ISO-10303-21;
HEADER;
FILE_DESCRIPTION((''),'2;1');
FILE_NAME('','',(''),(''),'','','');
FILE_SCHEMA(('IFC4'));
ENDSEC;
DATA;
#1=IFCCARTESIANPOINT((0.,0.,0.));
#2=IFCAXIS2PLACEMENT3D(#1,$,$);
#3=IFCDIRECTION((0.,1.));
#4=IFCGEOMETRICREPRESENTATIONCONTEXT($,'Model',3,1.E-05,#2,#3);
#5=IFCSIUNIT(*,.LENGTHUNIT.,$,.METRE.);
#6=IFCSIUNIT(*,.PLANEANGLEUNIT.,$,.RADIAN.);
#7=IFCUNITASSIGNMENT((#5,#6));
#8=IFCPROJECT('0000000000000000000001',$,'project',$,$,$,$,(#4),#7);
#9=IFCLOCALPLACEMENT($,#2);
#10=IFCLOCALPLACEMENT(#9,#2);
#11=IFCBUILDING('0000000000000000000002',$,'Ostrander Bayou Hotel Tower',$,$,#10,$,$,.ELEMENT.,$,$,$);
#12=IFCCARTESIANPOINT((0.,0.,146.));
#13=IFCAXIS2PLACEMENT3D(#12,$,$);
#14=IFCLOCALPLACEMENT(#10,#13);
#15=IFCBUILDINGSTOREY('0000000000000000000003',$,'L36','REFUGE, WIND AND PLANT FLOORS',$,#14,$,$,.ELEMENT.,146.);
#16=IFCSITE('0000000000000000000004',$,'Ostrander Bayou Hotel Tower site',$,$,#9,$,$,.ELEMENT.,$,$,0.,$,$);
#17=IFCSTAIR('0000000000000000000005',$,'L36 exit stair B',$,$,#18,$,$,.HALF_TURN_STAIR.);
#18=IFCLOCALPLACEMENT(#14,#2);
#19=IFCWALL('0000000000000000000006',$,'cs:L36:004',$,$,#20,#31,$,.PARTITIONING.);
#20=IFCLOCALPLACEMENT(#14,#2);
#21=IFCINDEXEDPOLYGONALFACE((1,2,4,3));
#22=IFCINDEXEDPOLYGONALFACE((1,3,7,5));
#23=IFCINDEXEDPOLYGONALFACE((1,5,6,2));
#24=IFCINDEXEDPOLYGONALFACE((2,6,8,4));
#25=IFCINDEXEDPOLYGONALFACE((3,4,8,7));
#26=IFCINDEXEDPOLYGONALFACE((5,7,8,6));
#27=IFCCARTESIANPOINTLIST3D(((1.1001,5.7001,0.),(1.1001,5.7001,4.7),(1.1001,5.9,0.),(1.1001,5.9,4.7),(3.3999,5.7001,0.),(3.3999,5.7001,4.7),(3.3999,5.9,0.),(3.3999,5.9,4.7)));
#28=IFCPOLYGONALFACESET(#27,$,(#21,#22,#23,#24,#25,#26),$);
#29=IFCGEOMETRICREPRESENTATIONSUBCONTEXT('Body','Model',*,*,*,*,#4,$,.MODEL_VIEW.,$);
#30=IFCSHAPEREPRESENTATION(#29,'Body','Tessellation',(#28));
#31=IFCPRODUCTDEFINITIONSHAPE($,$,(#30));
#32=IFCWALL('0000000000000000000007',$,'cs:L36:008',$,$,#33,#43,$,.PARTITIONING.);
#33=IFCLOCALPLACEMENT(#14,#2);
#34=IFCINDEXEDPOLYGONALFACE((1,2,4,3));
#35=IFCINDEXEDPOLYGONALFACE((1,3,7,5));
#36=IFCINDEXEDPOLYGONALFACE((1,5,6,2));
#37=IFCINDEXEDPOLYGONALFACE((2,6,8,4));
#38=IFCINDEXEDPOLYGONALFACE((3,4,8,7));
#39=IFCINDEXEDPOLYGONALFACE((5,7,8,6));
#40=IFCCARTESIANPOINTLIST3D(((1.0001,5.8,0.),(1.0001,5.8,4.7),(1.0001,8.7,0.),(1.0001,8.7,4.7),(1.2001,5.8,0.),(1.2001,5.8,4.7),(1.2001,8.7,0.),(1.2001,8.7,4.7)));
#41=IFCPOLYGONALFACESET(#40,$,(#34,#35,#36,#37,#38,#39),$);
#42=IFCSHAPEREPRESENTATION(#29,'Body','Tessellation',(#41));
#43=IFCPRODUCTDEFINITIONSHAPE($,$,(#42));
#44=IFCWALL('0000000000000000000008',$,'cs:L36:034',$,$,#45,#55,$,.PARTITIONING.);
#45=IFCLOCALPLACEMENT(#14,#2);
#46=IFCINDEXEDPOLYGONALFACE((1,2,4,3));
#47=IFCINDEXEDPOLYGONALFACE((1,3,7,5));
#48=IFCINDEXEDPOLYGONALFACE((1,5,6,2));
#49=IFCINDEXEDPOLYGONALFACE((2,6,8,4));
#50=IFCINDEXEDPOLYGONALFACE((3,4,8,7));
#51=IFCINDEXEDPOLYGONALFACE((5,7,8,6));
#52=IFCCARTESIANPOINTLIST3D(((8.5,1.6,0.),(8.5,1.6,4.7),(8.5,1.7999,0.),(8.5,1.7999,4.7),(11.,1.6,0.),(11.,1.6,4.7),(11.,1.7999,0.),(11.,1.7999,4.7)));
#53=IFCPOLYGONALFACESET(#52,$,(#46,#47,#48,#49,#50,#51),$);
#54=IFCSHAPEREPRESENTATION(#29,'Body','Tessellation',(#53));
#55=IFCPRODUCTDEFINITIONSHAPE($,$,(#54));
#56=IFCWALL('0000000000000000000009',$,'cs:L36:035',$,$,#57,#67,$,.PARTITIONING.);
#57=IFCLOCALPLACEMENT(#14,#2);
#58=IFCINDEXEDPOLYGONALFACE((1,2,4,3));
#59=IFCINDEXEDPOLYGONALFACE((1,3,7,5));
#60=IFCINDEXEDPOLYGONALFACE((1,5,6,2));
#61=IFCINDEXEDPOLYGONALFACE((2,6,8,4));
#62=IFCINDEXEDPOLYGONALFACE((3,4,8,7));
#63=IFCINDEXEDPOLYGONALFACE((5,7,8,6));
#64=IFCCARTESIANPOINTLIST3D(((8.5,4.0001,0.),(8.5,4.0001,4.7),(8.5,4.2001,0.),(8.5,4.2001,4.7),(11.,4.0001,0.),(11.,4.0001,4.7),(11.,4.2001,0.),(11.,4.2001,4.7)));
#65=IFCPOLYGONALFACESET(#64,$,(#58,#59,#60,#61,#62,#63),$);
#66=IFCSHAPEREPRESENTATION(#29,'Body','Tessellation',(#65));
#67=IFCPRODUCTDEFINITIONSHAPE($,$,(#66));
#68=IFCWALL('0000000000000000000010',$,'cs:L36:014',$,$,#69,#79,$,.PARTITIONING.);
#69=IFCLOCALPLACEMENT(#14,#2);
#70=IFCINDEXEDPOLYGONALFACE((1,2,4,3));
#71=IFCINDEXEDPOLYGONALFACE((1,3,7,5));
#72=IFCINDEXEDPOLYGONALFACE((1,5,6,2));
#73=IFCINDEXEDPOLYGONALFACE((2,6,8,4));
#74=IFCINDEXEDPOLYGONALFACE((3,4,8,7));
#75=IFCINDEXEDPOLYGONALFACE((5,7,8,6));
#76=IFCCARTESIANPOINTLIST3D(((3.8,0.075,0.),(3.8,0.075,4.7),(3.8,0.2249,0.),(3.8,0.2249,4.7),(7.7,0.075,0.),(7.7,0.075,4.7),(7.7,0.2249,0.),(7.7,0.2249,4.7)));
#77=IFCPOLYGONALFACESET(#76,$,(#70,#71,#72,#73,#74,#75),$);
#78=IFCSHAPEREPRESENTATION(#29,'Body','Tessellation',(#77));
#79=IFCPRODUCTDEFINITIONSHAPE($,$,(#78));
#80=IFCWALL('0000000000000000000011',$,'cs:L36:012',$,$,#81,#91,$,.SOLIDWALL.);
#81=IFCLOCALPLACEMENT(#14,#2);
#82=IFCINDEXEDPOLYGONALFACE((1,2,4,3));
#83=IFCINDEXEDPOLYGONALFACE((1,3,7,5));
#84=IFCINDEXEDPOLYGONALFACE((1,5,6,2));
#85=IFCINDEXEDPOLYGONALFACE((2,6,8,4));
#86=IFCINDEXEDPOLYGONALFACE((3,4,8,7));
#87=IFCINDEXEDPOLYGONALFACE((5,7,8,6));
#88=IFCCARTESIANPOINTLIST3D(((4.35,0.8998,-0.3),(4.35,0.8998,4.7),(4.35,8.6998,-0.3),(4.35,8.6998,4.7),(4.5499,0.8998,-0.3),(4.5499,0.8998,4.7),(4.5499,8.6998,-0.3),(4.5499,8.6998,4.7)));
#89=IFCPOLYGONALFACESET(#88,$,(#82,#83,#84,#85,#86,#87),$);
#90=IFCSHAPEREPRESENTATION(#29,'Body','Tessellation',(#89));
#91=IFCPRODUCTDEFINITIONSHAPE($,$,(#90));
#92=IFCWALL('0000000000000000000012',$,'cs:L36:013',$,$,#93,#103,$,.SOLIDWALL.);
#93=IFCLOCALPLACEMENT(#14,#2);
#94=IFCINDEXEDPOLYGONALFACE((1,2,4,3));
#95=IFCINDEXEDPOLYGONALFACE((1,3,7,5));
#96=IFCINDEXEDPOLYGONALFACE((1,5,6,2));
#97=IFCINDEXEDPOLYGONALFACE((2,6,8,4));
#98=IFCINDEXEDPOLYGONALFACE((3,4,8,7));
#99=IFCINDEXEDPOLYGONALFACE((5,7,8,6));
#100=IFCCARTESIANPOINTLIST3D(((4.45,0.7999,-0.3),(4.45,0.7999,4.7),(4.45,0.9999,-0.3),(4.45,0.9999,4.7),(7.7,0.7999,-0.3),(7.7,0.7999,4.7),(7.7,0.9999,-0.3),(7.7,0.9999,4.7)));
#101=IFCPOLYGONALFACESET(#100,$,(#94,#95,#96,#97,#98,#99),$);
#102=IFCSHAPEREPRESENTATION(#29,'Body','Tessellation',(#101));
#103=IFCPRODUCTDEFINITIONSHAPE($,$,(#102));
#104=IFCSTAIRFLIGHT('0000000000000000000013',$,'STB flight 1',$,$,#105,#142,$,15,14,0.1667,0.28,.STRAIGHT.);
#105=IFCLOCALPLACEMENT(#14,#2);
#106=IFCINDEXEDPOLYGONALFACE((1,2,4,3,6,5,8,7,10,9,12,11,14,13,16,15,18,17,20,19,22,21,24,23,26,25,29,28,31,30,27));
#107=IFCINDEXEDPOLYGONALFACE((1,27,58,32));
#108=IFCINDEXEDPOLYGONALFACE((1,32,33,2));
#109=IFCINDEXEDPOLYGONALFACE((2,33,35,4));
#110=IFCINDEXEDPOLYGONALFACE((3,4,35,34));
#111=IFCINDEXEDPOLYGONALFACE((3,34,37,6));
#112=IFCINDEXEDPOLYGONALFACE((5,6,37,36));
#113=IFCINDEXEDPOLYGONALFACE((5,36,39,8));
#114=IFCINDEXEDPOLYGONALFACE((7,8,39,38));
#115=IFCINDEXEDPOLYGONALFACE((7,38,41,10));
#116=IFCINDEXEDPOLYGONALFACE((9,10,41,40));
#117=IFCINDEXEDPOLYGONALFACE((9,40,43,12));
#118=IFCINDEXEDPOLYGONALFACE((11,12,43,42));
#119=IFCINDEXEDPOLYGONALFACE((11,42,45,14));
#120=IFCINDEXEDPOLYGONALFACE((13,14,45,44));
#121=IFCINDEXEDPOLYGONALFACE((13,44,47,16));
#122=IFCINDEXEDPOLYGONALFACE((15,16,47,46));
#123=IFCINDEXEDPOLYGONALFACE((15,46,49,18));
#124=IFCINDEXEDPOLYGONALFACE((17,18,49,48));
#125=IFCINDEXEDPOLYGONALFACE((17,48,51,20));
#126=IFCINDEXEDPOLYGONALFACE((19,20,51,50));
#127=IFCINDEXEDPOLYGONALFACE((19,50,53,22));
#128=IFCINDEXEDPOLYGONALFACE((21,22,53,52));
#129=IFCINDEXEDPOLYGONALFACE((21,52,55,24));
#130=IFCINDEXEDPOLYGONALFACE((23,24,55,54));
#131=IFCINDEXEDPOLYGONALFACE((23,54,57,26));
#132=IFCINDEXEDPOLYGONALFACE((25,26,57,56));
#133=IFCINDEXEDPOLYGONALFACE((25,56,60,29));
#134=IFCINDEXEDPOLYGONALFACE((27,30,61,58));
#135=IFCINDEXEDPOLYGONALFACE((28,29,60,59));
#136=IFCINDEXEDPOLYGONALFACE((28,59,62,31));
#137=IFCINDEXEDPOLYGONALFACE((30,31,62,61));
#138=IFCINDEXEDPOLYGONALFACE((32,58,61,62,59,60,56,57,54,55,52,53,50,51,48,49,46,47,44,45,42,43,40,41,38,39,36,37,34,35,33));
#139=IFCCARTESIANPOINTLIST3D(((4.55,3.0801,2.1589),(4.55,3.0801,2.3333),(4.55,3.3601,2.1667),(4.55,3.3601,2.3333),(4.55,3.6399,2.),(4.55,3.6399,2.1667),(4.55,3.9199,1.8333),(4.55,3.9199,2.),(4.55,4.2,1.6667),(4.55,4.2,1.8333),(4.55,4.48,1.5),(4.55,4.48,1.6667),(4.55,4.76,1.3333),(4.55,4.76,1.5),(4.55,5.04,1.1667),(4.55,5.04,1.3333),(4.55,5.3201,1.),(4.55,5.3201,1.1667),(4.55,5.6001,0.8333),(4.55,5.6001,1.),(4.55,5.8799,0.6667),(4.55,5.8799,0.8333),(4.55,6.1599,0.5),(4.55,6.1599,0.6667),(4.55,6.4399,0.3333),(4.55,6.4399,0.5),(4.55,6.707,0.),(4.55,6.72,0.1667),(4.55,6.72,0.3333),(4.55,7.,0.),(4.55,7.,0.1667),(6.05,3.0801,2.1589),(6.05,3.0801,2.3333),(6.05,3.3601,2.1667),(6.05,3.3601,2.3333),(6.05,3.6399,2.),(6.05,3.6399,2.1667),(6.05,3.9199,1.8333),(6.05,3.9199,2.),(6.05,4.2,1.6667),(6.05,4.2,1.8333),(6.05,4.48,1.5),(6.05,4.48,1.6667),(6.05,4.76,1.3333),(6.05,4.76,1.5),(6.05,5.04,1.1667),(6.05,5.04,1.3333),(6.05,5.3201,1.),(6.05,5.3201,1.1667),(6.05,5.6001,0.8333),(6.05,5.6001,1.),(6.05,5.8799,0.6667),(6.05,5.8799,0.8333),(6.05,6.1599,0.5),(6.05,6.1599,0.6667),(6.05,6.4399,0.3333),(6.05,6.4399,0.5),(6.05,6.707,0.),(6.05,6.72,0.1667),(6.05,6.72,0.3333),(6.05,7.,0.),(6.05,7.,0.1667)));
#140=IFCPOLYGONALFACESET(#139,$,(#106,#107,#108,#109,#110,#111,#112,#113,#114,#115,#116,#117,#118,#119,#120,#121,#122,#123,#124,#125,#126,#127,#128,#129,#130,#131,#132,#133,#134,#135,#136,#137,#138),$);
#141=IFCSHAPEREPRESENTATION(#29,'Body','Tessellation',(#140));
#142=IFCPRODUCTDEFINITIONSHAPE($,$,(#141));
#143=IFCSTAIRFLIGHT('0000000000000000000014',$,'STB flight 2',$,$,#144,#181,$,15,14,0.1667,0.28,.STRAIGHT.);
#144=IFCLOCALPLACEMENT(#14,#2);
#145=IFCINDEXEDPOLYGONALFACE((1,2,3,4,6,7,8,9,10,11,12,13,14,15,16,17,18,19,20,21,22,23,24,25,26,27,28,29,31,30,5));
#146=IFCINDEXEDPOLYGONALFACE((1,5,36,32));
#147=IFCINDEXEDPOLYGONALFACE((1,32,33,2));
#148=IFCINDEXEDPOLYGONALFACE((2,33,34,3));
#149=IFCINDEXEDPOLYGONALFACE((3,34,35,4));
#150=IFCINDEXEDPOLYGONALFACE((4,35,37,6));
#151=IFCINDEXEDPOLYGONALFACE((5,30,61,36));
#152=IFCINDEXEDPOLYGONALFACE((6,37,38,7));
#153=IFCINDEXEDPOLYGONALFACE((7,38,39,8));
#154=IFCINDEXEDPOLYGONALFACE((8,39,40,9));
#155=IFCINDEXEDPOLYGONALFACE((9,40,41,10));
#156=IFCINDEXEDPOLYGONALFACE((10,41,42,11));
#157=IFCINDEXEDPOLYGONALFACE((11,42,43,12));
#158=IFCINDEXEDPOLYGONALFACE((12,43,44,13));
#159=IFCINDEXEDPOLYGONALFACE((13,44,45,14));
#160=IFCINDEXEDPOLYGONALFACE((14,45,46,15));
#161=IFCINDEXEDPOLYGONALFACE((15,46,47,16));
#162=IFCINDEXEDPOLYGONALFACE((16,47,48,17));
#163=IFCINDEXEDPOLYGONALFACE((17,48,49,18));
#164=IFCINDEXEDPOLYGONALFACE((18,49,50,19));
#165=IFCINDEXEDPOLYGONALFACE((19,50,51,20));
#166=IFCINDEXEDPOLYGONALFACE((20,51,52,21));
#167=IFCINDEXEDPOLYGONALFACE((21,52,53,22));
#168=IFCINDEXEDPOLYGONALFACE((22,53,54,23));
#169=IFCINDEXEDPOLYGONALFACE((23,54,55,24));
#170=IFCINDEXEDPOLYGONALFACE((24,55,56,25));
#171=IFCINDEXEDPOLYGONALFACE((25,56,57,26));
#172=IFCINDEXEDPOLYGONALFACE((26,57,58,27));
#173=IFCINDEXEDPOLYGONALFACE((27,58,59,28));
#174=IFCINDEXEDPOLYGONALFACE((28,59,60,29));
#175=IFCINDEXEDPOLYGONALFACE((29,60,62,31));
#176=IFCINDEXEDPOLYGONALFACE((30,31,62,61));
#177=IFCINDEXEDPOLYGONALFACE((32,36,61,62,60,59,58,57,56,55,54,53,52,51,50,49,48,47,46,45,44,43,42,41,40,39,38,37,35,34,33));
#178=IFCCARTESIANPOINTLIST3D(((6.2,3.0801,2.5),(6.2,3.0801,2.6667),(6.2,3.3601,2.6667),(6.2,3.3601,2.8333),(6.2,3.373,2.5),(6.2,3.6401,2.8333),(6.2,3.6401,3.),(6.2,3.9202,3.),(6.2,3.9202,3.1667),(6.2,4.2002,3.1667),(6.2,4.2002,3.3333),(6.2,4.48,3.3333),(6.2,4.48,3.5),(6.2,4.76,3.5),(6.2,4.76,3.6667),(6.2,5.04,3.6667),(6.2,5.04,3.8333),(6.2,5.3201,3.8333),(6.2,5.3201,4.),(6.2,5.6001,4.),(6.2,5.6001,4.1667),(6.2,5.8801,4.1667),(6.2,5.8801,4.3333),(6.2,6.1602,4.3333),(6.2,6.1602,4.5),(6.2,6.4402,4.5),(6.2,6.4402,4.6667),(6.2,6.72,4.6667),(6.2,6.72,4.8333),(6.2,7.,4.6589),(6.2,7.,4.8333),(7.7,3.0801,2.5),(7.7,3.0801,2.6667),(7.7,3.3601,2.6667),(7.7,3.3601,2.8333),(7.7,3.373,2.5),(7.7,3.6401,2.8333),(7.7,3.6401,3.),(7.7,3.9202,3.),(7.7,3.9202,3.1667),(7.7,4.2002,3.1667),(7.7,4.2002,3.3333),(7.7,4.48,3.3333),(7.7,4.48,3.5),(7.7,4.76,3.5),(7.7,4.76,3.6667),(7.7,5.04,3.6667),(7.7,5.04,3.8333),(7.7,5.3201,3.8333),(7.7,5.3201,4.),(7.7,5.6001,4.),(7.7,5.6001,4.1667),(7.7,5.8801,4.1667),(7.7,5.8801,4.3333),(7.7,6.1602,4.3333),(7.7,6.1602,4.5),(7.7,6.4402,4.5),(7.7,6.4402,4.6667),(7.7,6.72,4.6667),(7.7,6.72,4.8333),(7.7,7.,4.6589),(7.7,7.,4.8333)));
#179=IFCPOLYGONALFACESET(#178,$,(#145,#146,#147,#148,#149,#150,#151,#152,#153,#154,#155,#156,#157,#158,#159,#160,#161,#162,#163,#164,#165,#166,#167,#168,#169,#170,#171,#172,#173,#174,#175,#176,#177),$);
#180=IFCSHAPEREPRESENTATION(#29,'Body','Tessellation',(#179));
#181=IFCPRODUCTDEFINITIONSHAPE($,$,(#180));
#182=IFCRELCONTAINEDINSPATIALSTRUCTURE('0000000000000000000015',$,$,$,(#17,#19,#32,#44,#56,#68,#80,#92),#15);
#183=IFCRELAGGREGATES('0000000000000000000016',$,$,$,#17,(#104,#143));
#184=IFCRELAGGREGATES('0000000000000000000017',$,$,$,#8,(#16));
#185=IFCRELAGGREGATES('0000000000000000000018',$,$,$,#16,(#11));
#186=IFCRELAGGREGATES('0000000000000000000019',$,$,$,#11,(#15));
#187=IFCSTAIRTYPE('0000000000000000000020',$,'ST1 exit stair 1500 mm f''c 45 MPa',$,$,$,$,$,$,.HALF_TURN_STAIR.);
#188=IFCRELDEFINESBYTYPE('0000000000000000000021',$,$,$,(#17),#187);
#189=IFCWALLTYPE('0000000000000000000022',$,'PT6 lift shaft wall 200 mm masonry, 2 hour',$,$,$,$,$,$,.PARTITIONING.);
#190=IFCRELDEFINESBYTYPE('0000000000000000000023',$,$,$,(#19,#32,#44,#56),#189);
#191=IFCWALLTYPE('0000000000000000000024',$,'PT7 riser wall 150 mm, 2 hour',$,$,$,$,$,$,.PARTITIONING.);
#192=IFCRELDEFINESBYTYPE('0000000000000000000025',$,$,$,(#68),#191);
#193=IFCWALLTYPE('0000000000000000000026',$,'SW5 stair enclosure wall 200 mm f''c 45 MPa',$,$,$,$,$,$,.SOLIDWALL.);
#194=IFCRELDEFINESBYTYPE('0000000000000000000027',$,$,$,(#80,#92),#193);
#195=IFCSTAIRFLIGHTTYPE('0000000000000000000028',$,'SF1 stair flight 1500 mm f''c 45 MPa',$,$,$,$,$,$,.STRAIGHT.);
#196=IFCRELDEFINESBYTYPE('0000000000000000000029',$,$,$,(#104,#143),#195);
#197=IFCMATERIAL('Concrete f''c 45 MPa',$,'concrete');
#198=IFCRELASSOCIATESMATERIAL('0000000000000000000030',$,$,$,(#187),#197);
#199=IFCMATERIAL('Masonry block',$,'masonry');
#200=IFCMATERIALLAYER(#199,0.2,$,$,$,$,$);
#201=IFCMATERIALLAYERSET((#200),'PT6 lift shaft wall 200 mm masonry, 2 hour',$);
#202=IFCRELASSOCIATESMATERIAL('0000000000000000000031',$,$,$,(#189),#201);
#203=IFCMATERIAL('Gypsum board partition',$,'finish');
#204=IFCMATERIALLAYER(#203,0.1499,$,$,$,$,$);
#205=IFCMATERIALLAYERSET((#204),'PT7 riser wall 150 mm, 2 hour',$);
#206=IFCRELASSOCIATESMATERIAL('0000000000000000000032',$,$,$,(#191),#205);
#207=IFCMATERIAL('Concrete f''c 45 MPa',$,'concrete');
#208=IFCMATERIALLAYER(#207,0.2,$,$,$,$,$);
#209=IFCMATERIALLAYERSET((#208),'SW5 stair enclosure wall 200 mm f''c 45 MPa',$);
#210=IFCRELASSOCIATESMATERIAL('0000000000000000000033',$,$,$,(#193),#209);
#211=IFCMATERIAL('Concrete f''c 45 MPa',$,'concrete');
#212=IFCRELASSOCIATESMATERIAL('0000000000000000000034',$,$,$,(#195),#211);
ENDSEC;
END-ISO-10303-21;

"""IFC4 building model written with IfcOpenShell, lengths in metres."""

from ifc_helpers import new_model, si_unit, direction, frame, frame_2d, origin, place, context, subcontext, project, spatial, polyline, rectangle, outline, extrude, material, layer, layer_set, type_object, element, aggregate, save


model = new_model("IFC4")

# Units and contexts
model_context = context("Model", 3, precision=1e-05, world=origin(), true_north=direction((0.0, 1.0)))
body_context = subcontext(model_context, "Body", "Model", "MODEL_VIEW")
ifc_project = project(units=[si_unit("LENGTHUNIT", "METRE"), si_unit("PLANEANGLEUNIT", "RADIAN")], contexts=[model_context])

# Site, building, storey
site_placement = place(None, origin())
site = spatial("IfcSite", under=ifc_project, at=site_placement, Name="Ostrander Bayou Hotel Tower site", CompositionType="ELEMENT", RefElevation=0.0)
building_placement = place(site_placement, origin())
building = spatial("IfcBuilding", under=site, at=building_placement, Name="Ostrander Bayou Hotel Tower", CompositionType="ELEMENT")
storey_placement = place(building_placement, frame((0.0, 0.0, 146.0)))
storey = spatial("IfcBuildingStorey", under=building, at=storey_placement, Name="L36", Description="REFUGE, WIND AND PLANT FLOORS", CompositionType="ELEMENT", Elevation=146.0)

# Stair
ifc_material_1 = material(Name="Concrete f'c 45 MPa", Category="concrete")
stair_type = type_object("IfcStairType", Name="ST1 exit stair 1500 mm f'c 45 MPa", PredefinedType="HALF_TURN_STAIR", material=ifc_material_1)
stair_1_placement = place(storey_placement, origin())
stair_1 = element("IfcStair", 1, at=stair_1_placement, inside=storey, type_object=stair_type, Name="L36 exit stair B", PredefinedType="HALF_TURN_STAIR")

# Walls
ifc_material_2 = material(Name="Masonry block", Category="masonry")
ifc_layer_1 = layer(ifc_material_2, 0.2)
ifc_layer_set_1 = layer_set([ifc_layer_1], Name="PT6 lift shaft wall 200 mm masonry, 2 hour")
wall_type_1 = type_object("IfcWallType", Name="PT6 lift shaft wall 200 mm masonry, 2 hour", PredefinedType="PARTITIONING", material=ifc_layer_set_1)
for number, where, z_axis, x_axis, name in (
    (2, (1.1001, 5.8, 0.0), (0.0, 0.0, 1.0), (1.0, 0.0, 0.0), "cs:L36:004"),
):
    element("IfcWall", number, at=place(storey_placement, frame(where, z_axis=z_axis, x_axis=x_axis)), inside=storey, type_object=wall_type_1, Name=name, PredefinedType="PARTITIONING", context=body_context, shape_type="SweptSolid", body=[
        extrude(rectangle(XDim=2.2998, YDim=0.2, at=frame_2d((1.1499, 0.0))), origin(), (0.0, 0.0, 1.0), 4.7),
    ])
wall_1_placement = place(storey_placement, frame((1.1001, 5.8, 0.0), z_axis=(0.0, 0.0, 1.0), x_axis=(0.0, 1.0, 0.0)))
element("IfcWall", 3, at=wall_1_placement, inside=storey, type_object=wall_type_1, Name="cs:L36:008", PredefinedType="PARTITIONING", context=body_context, shape_type="SweptSolid", body=[
    extrude(rectangle(XDim=2.8999, YDim=0.2, at=frame_2d((1.45, 0.0))), origin(), (0.0, 0.0, 1.0), 4.7),
])
for number, where, z_axis, x_axis, name in (
    (4, (8.5, 1.7, 0.0), (0.0, 0.0, 1.0), (1.0, 0.0, 0.0), "cs:L36:034"),
    (5, (8.5, 4.1001, 0.0), (0.0, 0.0, 1.0), (1.0, 0.0, 0.0), "cs:L36:035"),
):
    element("IfcWall", number, at=place(storey_placement, frame(where, z_axis=z_axis, x_axis=x_axis)), inside=storey, type_object=wall_type_1, Name=name, PredefinedType="PARTITIONING", context=body_context, shape_type="SweptSolid", body=[
        extrude(rectangle(XDim=2.5, YDim=0.2, at=frame_2d((1.25, 0.0))), origin(), (0.0, 0.0, 1.0), 4.7),
    ])
ifc_material_3 = material(Name="Gypsum board partition", Category="finish")
ifc_layer_2 = layer(ifc_material_3, 0.1499)
ifc_layer_set_2 = layer_set([ifc_layer_2], Name="PT7 riser wall 150 mm, 2 hour")
wall_type_2 = type_object("IfcWallType", Name="PT7 riser wall 150 mm, 2 hour", PredefinedType="PARTITIONING", material=ifc_layer_set_2)
wall_2_placement = place(storey_placement, frame((3.8, 0.1499, 0.0), z_axis=(0.0, 0.0, 1.0), x_axis=(1.0, 0.0, 0.0)))
element("IfcWall", 6, at=wall_2_placement, inside=storey, type_object=wall_type_2, Name="cs:L36:014", PredefinedType="PARTITIONING", context=body_context, shape_type="SweptSolid", body=[
    extrude(rectangle(XDim=3.8999, YDim=0.1499, at=frame_2d((1.95, 0.0))), origin(), (0.0, 0.0, 1.0), 4.7),
])
ifc_material_4 = material(Name="Concrete f'c 45 MPa", Category="concrete")
ifc_layer_3 = layer(ifc_material_4, 0.2)
ifc_layer_set_3 = layer_set([ifc_layer_3], Name="SW5 stair enclosure wall 200 mm f'c 45 MPa")
wall_type_3 = type_object("IfcWallType", Name="SW5 stair enclosure wall 200 mm f'c 45 MPa", PredefinedType="SOLIDWALL", material=ifc_layer_set_3)
wall_3_placement = place(storey_placement, frame((4.45, 0.8999, -0.3), z_axis=(0.0, 0.0, 1.0), x_axis=(0.0, 1.0, 0.0)))
element("IfcWall", 7, at=wall_3_placement, inside=storey, type_object=wall_type_3, Name="cs:L36:012", PredefinedType="SOLIDWALL", context=body_context, shape_type="SweptSolid", body=[
    extrude(rectangle(XDim=7.8, YDim=0.2, at=frame_2d((3.8999, 0.0))), origin(), (0.0, 0.0, 1.0), 5.0),
])
wall_4_placement = place(storey_placement, frame((4.45, 0.8999, -0.3), z_axis=(0.0, 0.0, 1.0), x_axis=(1.0, 0.0, 0.0)))
element("IfcWall", 8, at=wall_4_placement, inside=storey, type_object=wall_type_3, Name="cs:L36:013", PredefinedType="SOLIDWALL", context=body_context, shape_type="SweptSolid", body=[
    extrude(rectangle(XDim=3.25, YDim=0.2, at=frame_2d((1.625, 0.0))), origin(), (0.0, 0.0, 1.0), 5.0),
])

# Stair flights
ifc_material_5 = material(Name="Concrete f'c 45 MPa", Category="concrete")
stair_flight_type = type_object("IfcStairFlightType", Name="SF1 stair flight 1500 mm f'c 45 MPa", PredefinedType="STRAIGHT", material=ifc_material_5)
stair_flight_1_placement = place(storey_placement, frame((5.3, 7.0, 0.0), z_axis=(0.0, 0.0, 1.0), x_axis=(0.0, -1.0, 0.0)))
stair_flight_1 = element("IfcStairFlight", 9, at=stair_flight_1_placement, type_object=stair_flight_type, Name="STB flight 1", NumberOfRisers=15, NumberOfTreads=14, PredefinedType="STRAIGHT", RiserHeight=0.1667, TreadLength=0.28, context=body_context, shape_type="SweptSolid", body=[
    extrude(outline(polyline([(0.0, 0.0), (0.0, 0.1667), (0.28, 0.1667), (0.28, 0.3333), (0.5601, 0.3333), (0.5601, 0.5), (0.8401, 0.5), (0.8401, 0.6667), (1.1201, 0.6667), (1.1201, 0.8333), (1.3999, 0.8333), (1.3999, 1.0), (1.6799, 1.0), (1.6799, 1.1667), (1.96, 1.1667), (1.96, 1.3333), (2.24, 1.3333), (2.24, 1.5), (2.52, 1.5), (2.52, 1.6667), (2.8, 1.6667), (2.8, 1.8333), (3.0801, 1.8333), (3.0801, 2.0), (3.3601, 2.0), (3.3601, 2.1667), (3.6399, 2.1667), (3.6399, 2.3333), (3.9199, 2.3333), (3.9199, 2.5), (3.9199, 2.1589), (0.293, 0.0), (0.0, 0.0)])), frame((0.0, 0.75, 0.0), z_axis=(0.0, -1.0, 0.0), x_axis=(1.0, 0.0, 0.0)), (0.0, 0.0, 1.0), 1.5),
])
stair_flight_2_placement = place(storey_placement, frame((6.95, 3.0801, 2.5), z_axis=(0.0, 0.0, 1.0), x_axis=(0.0, 1.0, 0.0)))
stair_flight_2 = element("IfcStairFlight", 10, at=stair_flight_2_placement, type_object=stair_flight_type, Name="STB flight 2", NumberOfRisers=15, NumberOfTreads=14, PredefinedType="STRAIGHT", RiserHeight=0.1667, TreadLength=0.28, context=body_context, shape_type="SweptSolid", body=[
    extrude(outline(polyline([(0.0, 0.0), (0.0, 0.1667), (0.28, 0.1667), (0.28, 0.3333), (0.5601, 0.3333), (0.5601, 0.5), (0.8401, 0.5), (0.8401, 0.6667), (1.1201, 0.6667), (1.1201, 0.8333), (1.3999, 0.8333), (1.3999, 1.0), (1.6799, 1.0), (1.6799, 1.1667), (1.96, 1.1667), (1.96, 1.3333), (2.24, 1.3333), (2.24, 1.5), (2.52, 1.5), (2.52, 1.6667), (2.8, 1.6667), (2.8, 1.8333), (3.0801, 1.8333), (3.0801, 2.0), (3.3601, 2.0), (3.3601, 2.1667), (3.6399, 2.1667), (3.6399, 2.3333), (3.9199, 2.3333), (3.9199, 2.5), (3.9199, 2.1589), (0.293, 0.0), (0.0, 0.0)])), frame((0.0, 0.75, 0.0), z_axis=(0.0, -1.0, 0.0), x_axis=(1.0, 0.0, 0.0)), (0.0, 0.0, 1.0), 1.5),
])
aggregate(stair_1, [stair_flight_1, stair_flight_2])

save(model, "model.ifc")
